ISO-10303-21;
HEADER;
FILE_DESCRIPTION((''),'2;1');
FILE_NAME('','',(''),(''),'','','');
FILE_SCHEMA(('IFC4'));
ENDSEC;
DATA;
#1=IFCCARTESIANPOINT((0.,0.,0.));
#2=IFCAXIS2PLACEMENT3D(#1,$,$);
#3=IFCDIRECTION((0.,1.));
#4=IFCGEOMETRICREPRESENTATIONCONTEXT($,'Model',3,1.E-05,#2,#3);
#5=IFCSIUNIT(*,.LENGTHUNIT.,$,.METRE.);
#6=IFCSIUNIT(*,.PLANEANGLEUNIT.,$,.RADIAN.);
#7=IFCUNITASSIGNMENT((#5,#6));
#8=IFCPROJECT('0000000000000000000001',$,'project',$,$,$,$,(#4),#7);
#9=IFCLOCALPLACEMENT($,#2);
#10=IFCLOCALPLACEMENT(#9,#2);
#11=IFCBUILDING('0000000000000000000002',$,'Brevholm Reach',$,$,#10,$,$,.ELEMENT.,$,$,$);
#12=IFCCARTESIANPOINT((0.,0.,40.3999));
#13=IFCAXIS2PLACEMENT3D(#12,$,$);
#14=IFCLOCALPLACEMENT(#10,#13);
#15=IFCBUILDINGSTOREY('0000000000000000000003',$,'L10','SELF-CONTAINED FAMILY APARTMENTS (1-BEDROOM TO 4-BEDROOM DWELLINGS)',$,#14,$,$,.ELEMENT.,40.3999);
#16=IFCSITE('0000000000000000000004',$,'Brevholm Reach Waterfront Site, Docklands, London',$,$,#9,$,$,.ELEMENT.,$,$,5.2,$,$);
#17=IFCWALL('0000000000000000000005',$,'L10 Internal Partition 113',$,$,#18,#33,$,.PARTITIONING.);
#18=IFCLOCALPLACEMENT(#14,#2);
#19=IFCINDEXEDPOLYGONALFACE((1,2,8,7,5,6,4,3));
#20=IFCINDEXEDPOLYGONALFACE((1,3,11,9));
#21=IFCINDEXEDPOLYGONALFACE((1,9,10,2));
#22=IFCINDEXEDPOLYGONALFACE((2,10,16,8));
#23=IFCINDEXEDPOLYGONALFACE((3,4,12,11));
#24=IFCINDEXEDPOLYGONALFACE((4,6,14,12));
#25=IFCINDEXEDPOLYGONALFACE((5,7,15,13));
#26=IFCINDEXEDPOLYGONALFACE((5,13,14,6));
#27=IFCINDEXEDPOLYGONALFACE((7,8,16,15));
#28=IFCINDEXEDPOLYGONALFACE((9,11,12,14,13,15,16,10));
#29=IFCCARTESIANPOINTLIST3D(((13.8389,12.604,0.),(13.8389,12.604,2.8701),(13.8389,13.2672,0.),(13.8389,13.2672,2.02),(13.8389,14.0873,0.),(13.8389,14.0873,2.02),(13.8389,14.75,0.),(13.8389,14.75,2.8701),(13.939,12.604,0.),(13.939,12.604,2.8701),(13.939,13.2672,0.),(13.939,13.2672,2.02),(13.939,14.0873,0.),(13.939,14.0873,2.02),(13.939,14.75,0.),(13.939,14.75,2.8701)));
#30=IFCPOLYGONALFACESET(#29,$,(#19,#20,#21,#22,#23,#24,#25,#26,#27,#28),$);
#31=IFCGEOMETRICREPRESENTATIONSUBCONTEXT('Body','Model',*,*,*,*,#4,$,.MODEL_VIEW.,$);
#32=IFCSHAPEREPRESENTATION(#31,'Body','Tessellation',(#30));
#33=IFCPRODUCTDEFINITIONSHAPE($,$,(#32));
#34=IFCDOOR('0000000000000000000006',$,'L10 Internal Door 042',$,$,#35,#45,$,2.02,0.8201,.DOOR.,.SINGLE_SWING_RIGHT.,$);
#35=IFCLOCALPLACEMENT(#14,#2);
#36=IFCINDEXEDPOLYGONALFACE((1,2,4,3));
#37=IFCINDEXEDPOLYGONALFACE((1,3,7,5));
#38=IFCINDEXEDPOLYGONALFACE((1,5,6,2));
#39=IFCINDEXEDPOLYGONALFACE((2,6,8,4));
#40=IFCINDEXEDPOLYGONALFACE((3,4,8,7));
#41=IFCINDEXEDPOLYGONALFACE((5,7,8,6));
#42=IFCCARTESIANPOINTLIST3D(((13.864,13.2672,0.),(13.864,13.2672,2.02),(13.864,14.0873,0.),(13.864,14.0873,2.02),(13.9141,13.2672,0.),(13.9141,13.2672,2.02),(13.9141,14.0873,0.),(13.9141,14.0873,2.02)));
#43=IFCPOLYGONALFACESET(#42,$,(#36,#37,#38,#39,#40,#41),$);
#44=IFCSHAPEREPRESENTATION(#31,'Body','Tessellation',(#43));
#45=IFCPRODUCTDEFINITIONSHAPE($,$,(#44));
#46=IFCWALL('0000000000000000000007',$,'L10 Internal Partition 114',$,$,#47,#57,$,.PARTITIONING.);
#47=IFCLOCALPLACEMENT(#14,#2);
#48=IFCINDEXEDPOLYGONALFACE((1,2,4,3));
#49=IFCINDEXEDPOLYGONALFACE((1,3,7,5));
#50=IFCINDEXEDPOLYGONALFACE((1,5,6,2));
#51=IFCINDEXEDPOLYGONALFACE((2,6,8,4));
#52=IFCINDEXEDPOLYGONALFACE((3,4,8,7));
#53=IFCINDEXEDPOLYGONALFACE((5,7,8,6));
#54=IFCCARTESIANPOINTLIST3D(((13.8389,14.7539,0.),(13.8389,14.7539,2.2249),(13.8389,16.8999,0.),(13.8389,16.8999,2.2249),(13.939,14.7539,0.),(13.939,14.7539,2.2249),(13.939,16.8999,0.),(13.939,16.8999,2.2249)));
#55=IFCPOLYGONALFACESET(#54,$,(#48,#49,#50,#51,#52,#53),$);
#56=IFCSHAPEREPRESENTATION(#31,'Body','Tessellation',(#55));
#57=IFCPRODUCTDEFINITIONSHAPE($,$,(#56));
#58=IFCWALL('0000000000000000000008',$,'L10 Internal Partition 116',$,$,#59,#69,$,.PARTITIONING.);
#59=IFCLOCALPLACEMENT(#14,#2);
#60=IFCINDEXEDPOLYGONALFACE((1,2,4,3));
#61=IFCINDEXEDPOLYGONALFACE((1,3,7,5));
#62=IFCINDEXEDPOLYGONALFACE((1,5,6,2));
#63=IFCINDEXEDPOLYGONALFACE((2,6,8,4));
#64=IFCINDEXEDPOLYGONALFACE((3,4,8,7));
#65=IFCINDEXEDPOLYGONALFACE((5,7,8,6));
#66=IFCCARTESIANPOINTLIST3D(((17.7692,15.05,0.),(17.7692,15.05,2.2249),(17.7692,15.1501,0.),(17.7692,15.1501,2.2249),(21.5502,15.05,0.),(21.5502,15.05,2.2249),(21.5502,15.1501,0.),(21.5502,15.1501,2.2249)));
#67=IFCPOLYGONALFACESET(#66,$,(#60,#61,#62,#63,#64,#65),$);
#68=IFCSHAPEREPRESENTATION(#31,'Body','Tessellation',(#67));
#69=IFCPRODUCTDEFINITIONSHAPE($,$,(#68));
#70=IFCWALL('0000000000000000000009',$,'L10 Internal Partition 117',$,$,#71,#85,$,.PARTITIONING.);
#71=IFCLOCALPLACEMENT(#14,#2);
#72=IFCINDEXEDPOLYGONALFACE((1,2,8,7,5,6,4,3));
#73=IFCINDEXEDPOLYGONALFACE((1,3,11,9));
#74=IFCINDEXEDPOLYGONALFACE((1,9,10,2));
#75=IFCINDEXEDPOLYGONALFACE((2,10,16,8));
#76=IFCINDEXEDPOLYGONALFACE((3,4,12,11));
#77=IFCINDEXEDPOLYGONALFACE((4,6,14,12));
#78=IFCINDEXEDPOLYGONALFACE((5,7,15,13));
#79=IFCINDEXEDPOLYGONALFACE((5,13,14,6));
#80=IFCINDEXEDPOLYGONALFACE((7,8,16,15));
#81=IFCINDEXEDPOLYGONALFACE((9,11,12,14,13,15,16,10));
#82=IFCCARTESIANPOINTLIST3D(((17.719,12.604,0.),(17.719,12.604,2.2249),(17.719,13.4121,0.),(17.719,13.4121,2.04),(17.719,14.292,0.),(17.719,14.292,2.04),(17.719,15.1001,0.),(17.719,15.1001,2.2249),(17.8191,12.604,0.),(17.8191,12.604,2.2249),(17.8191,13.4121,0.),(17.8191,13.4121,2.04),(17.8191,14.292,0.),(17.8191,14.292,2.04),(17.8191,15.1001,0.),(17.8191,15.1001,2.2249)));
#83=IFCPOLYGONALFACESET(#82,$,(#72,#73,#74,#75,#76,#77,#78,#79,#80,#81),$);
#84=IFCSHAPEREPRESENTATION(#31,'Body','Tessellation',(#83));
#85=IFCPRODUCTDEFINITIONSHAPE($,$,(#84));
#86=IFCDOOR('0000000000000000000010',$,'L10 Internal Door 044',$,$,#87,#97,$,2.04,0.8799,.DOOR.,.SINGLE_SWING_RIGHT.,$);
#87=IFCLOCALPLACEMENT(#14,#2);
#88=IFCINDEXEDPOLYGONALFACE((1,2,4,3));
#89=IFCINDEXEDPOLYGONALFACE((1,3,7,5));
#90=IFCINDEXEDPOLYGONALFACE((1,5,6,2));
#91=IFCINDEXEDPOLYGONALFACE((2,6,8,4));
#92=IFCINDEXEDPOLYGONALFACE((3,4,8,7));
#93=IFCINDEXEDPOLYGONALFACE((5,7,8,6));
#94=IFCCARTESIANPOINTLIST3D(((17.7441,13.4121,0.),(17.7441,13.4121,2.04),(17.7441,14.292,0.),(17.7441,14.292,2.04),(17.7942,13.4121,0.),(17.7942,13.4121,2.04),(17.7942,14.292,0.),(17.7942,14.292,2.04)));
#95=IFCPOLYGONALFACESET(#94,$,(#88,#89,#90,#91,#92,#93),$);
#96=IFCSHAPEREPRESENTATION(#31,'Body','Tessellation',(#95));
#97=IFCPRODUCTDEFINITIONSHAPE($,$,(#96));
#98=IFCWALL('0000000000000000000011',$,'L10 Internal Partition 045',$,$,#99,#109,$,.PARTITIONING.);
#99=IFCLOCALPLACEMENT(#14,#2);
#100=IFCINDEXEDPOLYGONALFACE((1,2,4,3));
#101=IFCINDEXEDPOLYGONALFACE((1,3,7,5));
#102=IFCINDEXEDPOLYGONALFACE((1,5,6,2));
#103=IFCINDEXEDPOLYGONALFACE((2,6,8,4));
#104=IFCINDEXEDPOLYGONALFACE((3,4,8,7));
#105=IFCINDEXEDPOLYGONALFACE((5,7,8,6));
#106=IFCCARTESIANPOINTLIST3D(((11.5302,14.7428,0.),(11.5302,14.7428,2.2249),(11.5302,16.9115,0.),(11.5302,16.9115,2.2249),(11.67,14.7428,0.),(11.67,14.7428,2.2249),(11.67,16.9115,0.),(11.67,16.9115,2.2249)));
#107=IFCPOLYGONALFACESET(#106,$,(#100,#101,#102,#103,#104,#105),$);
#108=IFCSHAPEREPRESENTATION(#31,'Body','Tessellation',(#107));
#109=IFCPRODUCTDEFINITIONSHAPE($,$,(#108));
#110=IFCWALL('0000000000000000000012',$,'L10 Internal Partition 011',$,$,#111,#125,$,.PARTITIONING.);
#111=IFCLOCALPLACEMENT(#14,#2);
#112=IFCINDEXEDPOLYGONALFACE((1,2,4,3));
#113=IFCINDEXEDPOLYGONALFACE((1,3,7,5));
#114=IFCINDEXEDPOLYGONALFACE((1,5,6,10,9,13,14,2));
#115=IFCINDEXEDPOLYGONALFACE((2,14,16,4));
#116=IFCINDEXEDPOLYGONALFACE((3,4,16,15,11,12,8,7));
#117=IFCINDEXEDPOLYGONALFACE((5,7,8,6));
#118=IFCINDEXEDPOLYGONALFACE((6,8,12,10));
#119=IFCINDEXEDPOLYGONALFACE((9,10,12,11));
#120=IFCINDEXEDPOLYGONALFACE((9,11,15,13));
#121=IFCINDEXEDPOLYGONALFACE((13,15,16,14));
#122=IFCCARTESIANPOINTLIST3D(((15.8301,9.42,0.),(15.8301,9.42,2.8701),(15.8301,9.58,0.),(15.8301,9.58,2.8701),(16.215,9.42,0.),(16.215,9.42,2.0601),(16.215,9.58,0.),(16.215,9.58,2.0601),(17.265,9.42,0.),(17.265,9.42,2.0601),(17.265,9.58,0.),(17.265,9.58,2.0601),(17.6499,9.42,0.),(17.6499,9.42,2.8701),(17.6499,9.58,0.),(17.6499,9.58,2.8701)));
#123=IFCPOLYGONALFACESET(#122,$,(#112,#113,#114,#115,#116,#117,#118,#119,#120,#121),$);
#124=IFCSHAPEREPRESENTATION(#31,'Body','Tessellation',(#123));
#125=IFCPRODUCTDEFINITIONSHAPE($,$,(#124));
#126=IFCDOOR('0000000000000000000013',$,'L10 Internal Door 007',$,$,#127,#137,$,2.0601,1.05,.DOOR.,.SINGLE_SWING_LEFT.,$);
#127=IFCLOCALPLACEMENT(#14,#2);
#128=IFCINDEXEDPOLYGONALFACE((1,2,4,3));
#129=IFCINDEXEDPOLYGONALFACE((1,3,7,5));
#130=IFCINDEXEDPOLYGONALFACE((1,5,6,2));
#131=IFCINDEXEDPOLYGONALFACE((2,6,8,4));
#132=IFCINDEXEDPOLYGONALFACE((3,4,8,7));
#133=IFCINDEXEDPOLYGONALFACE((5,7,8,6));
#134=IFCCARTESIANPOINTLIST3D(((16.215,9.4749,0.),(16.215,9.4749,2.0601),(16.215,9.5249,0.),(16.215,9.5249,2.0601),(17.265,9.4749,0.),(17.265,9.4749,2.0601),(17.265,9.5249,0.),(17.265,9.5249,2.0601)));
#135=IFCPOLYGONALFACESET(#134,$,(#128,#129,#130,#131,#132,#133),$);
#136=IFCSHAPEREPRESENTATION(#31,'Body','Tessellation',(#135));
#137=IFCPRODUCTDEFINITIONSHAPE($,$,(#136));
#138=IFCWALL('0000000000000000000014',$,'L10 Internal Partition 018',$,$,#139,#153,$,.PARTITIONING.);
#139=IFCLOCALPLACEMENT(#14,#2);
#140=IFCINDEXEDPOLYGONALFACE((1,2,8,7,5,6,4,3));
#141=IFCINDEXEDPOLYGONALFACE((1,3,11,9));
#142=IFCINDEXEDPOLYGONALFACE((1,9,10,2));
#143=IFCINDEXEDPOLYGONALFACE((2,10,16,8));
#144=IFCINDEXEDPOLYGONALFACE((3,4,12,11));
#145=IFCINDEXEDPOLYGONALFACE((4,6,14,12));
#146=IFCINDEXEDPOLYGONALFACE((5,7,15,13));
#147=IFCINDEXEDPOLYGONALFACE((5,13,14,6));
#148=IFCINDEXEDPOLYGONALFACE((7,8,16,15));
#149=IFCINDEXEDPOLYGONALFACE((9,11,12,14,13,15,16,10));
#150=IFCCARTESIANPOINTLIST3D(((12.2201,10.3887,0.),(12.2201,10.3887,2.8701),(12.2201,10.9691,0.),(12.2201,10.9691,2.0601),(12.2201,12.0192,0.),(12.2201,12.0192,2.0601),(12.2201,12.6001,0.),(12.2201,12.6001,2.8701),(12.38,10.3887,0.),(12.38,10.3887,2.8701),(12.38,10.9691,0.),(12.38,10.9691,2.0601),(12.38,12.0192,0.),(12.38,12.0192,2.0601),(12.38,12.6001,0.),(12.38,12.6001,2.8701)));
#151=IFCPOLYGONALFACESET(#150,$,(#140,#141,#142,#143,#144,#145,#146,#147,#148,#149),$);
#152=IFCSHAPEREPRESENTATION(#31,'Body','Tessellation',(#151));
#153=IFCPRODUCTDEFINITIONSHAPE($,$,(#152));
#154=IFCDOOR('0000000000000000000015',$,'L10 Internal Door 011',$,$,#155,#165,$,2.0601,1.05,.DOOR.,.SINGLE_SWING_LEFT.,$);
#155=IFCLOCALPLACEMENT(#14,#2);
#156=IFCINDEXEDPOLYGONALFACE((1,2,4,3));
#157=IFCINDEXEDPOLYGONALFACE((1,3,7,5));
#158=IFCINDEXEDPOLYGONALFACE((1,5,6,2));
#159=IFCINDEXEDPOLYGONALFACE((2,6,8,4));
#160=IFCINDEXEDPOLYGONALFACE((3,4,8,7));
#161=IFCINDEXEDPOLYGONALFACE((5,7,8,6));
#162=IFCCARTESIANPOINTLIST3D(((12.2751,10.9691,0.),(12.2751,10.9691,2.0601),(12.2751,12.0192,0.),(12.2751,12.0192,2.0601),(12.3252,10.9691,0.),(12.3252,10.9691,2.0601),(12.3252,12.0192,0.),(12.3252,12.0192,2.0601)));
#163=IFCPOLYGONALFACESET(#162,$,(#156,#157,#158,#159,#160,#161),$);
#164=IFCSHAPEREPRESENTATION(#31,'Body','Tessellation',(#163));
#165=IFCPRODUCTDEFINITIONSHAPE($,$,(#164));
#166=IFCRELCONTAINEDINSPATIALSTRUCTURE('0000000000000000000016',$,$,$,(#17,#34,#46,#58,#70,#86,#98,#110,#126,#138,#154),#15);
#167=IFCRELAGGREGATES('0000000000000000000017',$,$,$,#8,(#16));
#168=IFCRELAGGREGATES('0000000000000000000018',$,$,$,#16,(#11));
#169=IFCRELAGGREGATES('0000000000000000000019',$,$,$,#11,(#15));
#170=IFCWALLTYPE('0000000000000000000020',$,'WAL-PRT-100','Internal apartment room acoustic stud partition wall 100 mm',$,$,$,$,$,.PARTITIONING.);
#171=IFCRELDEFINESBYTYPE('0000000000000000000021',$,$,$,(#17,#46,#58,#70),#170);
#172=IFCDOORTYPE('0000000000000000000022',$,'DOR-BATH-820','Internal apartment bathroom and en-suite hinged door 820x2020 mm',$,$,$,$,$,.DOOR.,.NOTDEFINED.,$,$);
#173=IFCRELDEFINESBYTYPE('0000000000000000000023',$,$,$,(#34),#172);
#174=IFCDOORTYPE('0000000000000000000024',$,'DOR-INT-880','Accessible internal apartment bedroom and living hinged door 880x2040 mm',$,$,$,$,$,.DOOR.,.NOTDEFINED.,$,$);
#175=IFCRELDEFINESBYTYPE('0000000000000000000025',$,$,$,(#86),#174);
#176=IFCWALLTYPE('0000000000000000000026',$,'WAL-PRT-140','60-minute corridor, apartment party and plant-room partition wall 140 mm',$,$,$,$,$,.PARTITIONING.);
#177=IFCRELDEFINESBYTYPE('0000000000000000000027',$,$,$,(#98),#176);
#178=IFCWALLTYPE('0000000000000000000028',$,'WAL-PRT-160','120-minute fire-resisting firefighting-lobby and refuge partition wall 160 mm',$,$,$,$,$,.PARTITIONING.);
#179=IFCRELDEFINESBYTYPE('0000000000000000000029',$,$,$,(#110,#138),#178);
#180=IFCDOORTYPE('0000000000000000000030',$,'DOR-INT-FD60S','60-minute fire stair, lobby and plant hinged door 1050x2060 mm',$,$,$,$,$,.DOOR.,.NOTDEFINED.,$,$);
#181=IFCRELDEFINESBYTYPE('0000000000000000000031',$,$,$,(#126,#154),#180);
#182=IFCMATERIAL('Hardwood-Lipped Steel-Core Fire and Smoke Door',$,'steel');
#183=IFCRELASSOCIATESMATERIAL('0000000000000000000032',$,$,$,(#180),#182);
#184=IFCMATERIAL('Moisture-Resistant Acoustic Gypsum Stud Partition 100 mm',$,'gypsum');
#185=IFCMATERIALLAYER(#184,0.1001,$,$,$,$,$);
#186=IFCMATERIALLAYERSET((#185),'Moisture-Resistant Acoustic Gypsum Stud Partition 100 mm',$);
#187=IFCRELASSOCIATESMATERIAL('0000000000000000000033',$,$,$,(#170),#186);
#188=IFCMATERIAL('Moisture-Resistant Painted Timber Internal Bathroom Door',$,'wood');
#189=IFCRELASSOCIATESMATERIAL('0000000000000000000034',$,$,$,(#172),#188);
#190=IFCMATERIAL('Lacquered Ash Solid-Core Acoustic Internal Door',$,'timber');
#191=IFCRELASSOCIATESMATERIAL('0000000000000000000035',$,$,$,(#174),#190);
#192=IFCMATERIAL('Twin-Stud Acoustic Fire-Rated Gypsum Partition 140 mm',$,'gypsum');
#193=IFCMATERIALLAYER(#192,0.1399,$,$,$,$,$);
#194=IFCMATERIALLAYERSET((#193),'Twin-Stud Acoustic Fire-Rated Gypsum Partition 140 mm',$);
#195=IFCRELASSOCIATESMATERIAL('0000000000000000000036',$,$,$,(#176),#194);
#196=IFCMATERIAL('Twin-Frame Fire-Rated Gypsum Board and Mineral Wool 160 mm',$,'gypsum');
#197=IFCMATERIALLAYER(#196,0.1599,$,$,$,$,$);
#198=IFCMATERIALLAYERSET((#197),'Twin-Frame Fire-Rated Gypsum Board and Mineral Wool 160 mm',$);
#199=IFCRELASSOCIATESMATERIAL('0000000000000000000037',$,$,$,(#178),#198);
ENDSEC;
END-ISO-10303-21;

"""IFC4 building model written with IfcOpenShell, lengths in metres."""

from ifc_helpers import new_model, si_unit, direction, frame, frame_2d, origin, place, context, subcontext, project, spatial, rectangle, extrude, material, layer, layer_set, type_object, element, fill, save


model = new_model("IFC4")

# Units and contexts
model_context = context("Model", 3, precision=1e-05, world=origin(), true_north=direction((0.0, 1.0)))
body_context = subcontext(model_context, "Body", "Model", "MODEL_VIEW")
ifc_project = project(units=[si_unit("LENGTHUNIT", "METRE"), si_unit("PLANEANGLEUNIT", "RADIAN")], contexts=[model_context])

# Site, building, storey
site_placement = place(None, origin())
site = spatial("IfcSite", under=ifc_project, at=site_placement, Name="Brevholm Reach Waterfront Site, Docklands, London", CompositionType="ELEMENT", RefElevation=5.2)
building_placement = place(site_placement, origin())
building = spatial("IfcBuilding", under=site, at=building_placement, Name="Brevholm Reach", CompositionType="ELEMENT")
storey_placement = place(building_placement, frame((0.0, 0.0, 40.3999)))
storey = spatial("IfcBuildingStorey", under=building, at=storey_placement, Name="L10", Description="SELF-CONTAINED FAMILY APARTMENTS (1-BEDROOM TO 4-BEDROOM DWELLINGS)", CompositionType="ELEMENT", Elevation=40.3999)

# Shared definitions
ifc_material_1 = material(Name="Hardwood-Lipped Steel-Core Fire and Smoke Door", Category="steel")
door_type_1 = type_object("IfcDoorType", Name="DOR-INT-FD60S", Description="60-minute fire stair, lobby and plant hinged door 1050x2060 mm", OperationType="NOTDEFINED", PredefinedType="DOOR", material=ifc_material_1)

# Shared definitions
ifc_material_2 = material(Name="Moisture-Resistant Acoustic Gypsum Stud Partition 100 mm", Category="gypsum")
ifc_layer_1 = layer(ifc_material_2, 0.1001)
ifc_layer_set_1 = layer_set([ifc_layer_1], Name="Moisture-Resistant Acoustic Gypsum Stud Partition 100 mm")
wall_type_1 = type_object("IfcWallType", Name="WAL-PRT-100", Description="Internal apartment room acoustic stud partition wall 100 mm", PredefinedType="PARTITIONING", material=ifc_layer_set_1)

# Wall, opening, door
wall_1_placement = place(storey_placement, frame((13.8889, 12.604, 0.0), z_axis=(0.0, 0.0, 1.0), x_axis=(0.0, 1.0, 0.0)))
wall_1 = element("IfcWall", 1, at=wall_1_placement, inside=storey, type_object=wall_type_1, Name="L10 Internal Partition 113", PredefinedType="PARTITIONING", context=body_context, shape_type="SweptSolid", body=[
    extrude(rectangle(XDim=2.146, YDim=0.1001, at=frame_2d((1.073, 0.0))), origin(), (0.0, 0.0, 1.0), 2.8701),
])
opening_1_placement = place(wall_1_placement, frame((0.6631, 0.0, 0.0)))
opening_1 = element("IfcOpeningElement", 2, at=opening_1_placement, cuts=wall_1, PredefinedType="OPENING", context=body_context, shape_type="SweptSolid", body=[
    extrude(rectangle(XDim=0.8201, YDim=2.02, at=frame_2d((0.4102, 1.01))), frame((0.0, 0.0601, 0.0), z_axis=(0.0, -1.0, 0.0), x_axis=(1.0, 0.0, 0.0)), (0.0, 0.0, 1.0), 0.1201),
])
ifc_material_3 = material(Name="Moisture-Resistant Painted Timber Internal Bathroom Door", Category="wood")
door_type_2 = type_object("IfcDoorType", Name="DOR-BATH-820", Description="Internal apartment bathroom and en-suite hinged door 820x2020 mm", OperationType="NOTDEFINED", PredefinedType="DOOR", material=ifc_material_3)
door_1_placement = place(opening_1_placement, origin())
door_1 = element("IfcDoor", 3, at=door_1_placement, inside=storey, type_object=door_type_2, Name="L10 Internal Door 042", OperationType="SINGLE_SWING_RIGHT", OverallHeight=2.02, OverallWidth=0.8201, PredefinedType="DOOR", context=body_context, shape_type="SweptSolid", body=[
    extrude(rectangle(XDim=0.8201, YDim=2.02, at=frame_2d((0.4102, 1.01))), frame((0.0, 0.0249, 0.0), z_axis=(0.0, -1.0, 0.0), x_axis=(1.0, 0.0, 0.0)), (0.0, 0.0, 1.0), 0.05),
])
fill(opening_1, door_1)

# Walls
wall_2_placement = place(storey_placement, frame((13.8889, 14.7539, 0.0), z_axis=(0.0, 0.0, 1.0), x_axis=(0.0, 1.0, 0.0)))
element("IfcWall", 4, at=wall_2_placement, inside=storey, type_object=wall_type_1, Name="L10 Internal Partition 114", PredefinedType="PARTITIONING", context=body_context, shape_type="SweptSolid", body=[
    extrude(rectangle(XDim=2.146, YDim=0.1001, at=frame_2d((1.073, 0.0))), origin(), (0.0, 0.0, 1.0), 2.2249),
])
wall_3_placement = place(storey_placement, frame((17.769, 15.1001, 0.0), z_axis=(0.0, 0.0, 1.0), x_axis=(1.0, 0.0, 0.0)))
element("IfcWall", 5, at=wall_3_placement, inside=storey, type_object=wall_type_1, Name="L10 Internal Partition 116", PredefinedType="PARTITIONING", context=body_context, shape_type="SweptSolid", body=[
    extrude(rectangle(XDim=3.781, YDim=0.1001, at=frame_2d((1.8906, 0.0))), origin(), (0.0, 0.0, 1.0), 2.2249),
])

# Wall, opening, door
wall_4_placement = place(storey_placement, frame((17.769, 12.604, 0.0), z_axis=(0.0, 0.0, 1.0), x_axis=(0.0, 1.0, 0.0)))
wall_4 = element("IfcWall", 6, at=wall_4_placement, inside=storey, type_object=wall_type_1, Name="L10 Internal Partition 117", PredefinedType="PARTITIONING", context=body_context, shape_type="SweptSolid", body=[
    extrude(rectangle(XDim=2.4961, YDim=0.1001, at=frame_2d((1.248, 0.0))), origin(), (0.0, 0.0, 1.0), 2.2249),
])
opening_2_placement = place(wall_4_placement, frame((0.8081, 0.0, 0.0)))
opening_2 = element("IfcOpeningElement", 7, at=opening_2_placement, cuts=wall_4, PredefinedType="OPENING", context=body_context, shape_type="SweptSolid", body=[
    extrude(rectangle(XDim=0.8799, YDim=2.04, at=frame_2d((0.4399, 1.02))), frame((0.0, 0.0601, 0.0), z_axis=(0.0, -1.0, 0.0), x_axis=(1.0, 0.0, 0.0)), (0.0, 0.0, 1.0), 0.1201),
])
ifc_material_4 = material(Name="Lacquered Ash Solid-Core Acoustic Internal Door", Category="timber")
door_type_3 = type_object("IfcDoorType", Name="DOR-INT-880", Description="Accessible internal apartment bedroom and living hinged door 880x2040 mm", OperationType="NOTDEFINED", PredefinedType="DOOR", material=ifc_material_4)
door_2_placement = place(opening_2_placement, origin())
door_2 = element("IfcDoor", 8, at=door_2_placement, inside=storey, type_object=door_type_3, Name="L10 Internal Door 044", OperationType="SINGLE_SWING_RIGHT", OverallHeight=2.04, OverallWidth=0.8799, PredefinedType="DOOR", context=body_context, shape_type="SweptSolid", body=[
    extrude(rectangle(XDim=0.8799, YDim=2.04, at=frame_2d((0.4399, 1.02))), frame((0.0, 0.0249, 0.0), z_axis=(0.0, -1.0, 0.0), x_axis=(1.0, 0.0, 0.0)), (0.0, 0.0, 1.0), 0.05),
])
fill(opening_2, door_2)

# Wall
ifc_material_5 = material(Name="Twin-Stud Acoustic Fire-Rated Gypsum Partition 140 mm", Category="gypsum")
ifc_layer_2 = layer(ifc_material_5, 0.1399)
ifc_layer_set_2 = layer_set([ifc_layer_2], Name="Twin-Stud Acoustic Fire-Rated Gypsum Partition 140 mm")
wall_type_2 = type_object("IfcWallType", Name="WAL-PRT-140", Description="60-minute corridor, apartment party and plant-room partition wall 140 mm", PredefinedType="PARTITIONING", material=ifc_layer_set_2)
wall_5_placement = place(storey_placement, frame((11.6001, 14.7427, 0.0), z_axis=(0.0, 0.0, 1.0), x_axis=(0.0, 1.0, 0.0)))
element("IfcWall", 9, at=wall_5_placement, inside=storey, type_object=wall_type_2, Name="L10 Internal Partition 045", PredefinedType="PARTITIONING", context=body_context, shape_type="SweptSolid", body=[
    extrude(rectangle(XDim=2.1687, YDim=0.1399, at=frame_2d((1.0845, 0.0))), origin(), (0.0, 0.0, 1.0), 2.2249),
])

# Walls, openings, doors
ifc_material_6 = material(Name="Twin-Frame Fire-Rated Gypsum Board and Mineral Wool 160 mm", Category="gypsum")
ifc_layer_3 = layer(ifc_material_6, 0.1599)
ifc_layer_set_3 = layer_set([ifc_layer_3], Name="Twin-Frame Fire-Rated Gypsum Board and Mineral Wool 160 mm")
wall_type_3 = type_object("IfcWallType", Name="WAL-PRT-160", Description="120-minute fire-resisting firefighting-lobby and refuge partition wall 160 mm", PredefinedType="PARTITIONING", material=ifc_layer_set_3)
wall_6_placement = place(storey_placement, frame((15.8301, 9.5, 0.0), z_axis=(0.0, 0.0, 1.0), x_axis=(1.0, 0.0, 0.0)))
wall_6 = element("IfcWall", 10, at=wall_6_placement, inside=storey, type_object=wall_type_3, Name="L10 Internal Partition 011", PredefinedType="PARTITIONING", context=body_context, shape_type="SweptSolid", body=[
    extrude(rectangle(XDim=1.8198, YDim=0.1599, at=frame_2d((0.9099, 0.0))), origin(), (0.0, 0.0, 1.0), 2.8701),
])
opening_3_placement = place(wall_6_placement, frame((0.385, 0.0, 0.0)))
opening_3 = element("IfcOpeningElement", 11, at=opening_3_placement, cuts=wall_6, PredefinedType="OPENING", context=body_context, shape_type="SweptSolid", body=[
    extrude(rectangle(XDim=1.05, YDim=2.0601, at=frame_2d((0.5249, 1.03))), frame((0.0, 0.0898, 0.0), z_axis=(0.0, -1.0, 0.0), x_axis=(1.0, 0.0, 0.0)), (0.0, 0.0, 1.0), 0.1799),
])
door_3_placement = place(opening_3_placement, origin())
door_3 = element("IfcDoor", 12, at=door_3_placement, inside=storey, type_object=door_type_1, Name="L10 Internal Door 007", OperationType="SINGLE_SWING_LEFT", OverallHeight=2.0601, OverallWidth=1.05, PredefinedType="DOOR", context=body_context, shape_type="SweptSolid", body=[
    extrude(rectangle(XDim=1.05, YDim=2.0601, at=frame_2d((0.5249, 1.03))), frame((0.0, 0.0249, 0.0), z_axis=(0.0, -1.0, 0.0), x_axis=(1.0, 0.0, 0.0)), (0.0, 0.0, 1.0), 0.05),
])
fill(opening_3, door_3)
wall_7_placement = place(storey_placement, frame((12.3, 10.3887, 0.0), z_axis=(0.0, 0.0, 1.0), x_axis=(0.0, 1.0, 0.0)))
wall_7 = element("IfcWall", 13, at=wall_7_placement, inside=storey, type_object=wall_type_3, Name="L10 Internal Partition 018", PredefinedType="PARTITIONING", context=body_context, shape_type="SweptSolid", body=[
    extrude(rectangle(XDim=2.2114, YDim=0.1599, at=frame_2d((1.1057, 0.0))), origin(), (0.0, 0.0, 1.0), 2.8701),
])
opening_4_placement = place(wall_7_placement, frame((0.5806, 0.0, 0.0)))
opening_4 = element("IfcOpeningElement", 14, at=opening_4_placement, cuts=wall_7, PredefinedType="OPENING", context=body_context, shape_type="SweptSolid", body=[
    extrude(rectangle(XDim=1.05, YDim=2.0601, at=frame_2d((0.5249, 1.03))), frame((0.0, 0.0898, 0.0), z_axis=(0.0, -1.0, 0.0), x_axis=(1.0, 0.0, 0.0)), (0.0, 0.0, 1.0), 0.1799),
])
door_4_placement = place(opening_4_placement, origin())
door_4 = element("IfcDoor", 15, at=door_4_placement, inside=storey, type_object=door_type_1, Name="L10 Internal Door 011", OperationType="SINGLE_SWING_LEFT", OverallHeight=2.0601, OverallWidth=1.05, PredefinedType="DOOR", context=body_context, shape_type="SweptSolid", body=[
    extrude(rectangle(XDim=1.05, YDim=2.0601, at=frame_2d((0.5249, 1.03))), frame((0.0, 0.0249, 0.0), z_axis=(0.0, -1.0, 0.0), x_axis=(1.0, 0.0, 0.0)), (0.0, 0.0, 1.0), 0.05),
])
fill(opening_4, door_4)

save(model, "model.ifc")
